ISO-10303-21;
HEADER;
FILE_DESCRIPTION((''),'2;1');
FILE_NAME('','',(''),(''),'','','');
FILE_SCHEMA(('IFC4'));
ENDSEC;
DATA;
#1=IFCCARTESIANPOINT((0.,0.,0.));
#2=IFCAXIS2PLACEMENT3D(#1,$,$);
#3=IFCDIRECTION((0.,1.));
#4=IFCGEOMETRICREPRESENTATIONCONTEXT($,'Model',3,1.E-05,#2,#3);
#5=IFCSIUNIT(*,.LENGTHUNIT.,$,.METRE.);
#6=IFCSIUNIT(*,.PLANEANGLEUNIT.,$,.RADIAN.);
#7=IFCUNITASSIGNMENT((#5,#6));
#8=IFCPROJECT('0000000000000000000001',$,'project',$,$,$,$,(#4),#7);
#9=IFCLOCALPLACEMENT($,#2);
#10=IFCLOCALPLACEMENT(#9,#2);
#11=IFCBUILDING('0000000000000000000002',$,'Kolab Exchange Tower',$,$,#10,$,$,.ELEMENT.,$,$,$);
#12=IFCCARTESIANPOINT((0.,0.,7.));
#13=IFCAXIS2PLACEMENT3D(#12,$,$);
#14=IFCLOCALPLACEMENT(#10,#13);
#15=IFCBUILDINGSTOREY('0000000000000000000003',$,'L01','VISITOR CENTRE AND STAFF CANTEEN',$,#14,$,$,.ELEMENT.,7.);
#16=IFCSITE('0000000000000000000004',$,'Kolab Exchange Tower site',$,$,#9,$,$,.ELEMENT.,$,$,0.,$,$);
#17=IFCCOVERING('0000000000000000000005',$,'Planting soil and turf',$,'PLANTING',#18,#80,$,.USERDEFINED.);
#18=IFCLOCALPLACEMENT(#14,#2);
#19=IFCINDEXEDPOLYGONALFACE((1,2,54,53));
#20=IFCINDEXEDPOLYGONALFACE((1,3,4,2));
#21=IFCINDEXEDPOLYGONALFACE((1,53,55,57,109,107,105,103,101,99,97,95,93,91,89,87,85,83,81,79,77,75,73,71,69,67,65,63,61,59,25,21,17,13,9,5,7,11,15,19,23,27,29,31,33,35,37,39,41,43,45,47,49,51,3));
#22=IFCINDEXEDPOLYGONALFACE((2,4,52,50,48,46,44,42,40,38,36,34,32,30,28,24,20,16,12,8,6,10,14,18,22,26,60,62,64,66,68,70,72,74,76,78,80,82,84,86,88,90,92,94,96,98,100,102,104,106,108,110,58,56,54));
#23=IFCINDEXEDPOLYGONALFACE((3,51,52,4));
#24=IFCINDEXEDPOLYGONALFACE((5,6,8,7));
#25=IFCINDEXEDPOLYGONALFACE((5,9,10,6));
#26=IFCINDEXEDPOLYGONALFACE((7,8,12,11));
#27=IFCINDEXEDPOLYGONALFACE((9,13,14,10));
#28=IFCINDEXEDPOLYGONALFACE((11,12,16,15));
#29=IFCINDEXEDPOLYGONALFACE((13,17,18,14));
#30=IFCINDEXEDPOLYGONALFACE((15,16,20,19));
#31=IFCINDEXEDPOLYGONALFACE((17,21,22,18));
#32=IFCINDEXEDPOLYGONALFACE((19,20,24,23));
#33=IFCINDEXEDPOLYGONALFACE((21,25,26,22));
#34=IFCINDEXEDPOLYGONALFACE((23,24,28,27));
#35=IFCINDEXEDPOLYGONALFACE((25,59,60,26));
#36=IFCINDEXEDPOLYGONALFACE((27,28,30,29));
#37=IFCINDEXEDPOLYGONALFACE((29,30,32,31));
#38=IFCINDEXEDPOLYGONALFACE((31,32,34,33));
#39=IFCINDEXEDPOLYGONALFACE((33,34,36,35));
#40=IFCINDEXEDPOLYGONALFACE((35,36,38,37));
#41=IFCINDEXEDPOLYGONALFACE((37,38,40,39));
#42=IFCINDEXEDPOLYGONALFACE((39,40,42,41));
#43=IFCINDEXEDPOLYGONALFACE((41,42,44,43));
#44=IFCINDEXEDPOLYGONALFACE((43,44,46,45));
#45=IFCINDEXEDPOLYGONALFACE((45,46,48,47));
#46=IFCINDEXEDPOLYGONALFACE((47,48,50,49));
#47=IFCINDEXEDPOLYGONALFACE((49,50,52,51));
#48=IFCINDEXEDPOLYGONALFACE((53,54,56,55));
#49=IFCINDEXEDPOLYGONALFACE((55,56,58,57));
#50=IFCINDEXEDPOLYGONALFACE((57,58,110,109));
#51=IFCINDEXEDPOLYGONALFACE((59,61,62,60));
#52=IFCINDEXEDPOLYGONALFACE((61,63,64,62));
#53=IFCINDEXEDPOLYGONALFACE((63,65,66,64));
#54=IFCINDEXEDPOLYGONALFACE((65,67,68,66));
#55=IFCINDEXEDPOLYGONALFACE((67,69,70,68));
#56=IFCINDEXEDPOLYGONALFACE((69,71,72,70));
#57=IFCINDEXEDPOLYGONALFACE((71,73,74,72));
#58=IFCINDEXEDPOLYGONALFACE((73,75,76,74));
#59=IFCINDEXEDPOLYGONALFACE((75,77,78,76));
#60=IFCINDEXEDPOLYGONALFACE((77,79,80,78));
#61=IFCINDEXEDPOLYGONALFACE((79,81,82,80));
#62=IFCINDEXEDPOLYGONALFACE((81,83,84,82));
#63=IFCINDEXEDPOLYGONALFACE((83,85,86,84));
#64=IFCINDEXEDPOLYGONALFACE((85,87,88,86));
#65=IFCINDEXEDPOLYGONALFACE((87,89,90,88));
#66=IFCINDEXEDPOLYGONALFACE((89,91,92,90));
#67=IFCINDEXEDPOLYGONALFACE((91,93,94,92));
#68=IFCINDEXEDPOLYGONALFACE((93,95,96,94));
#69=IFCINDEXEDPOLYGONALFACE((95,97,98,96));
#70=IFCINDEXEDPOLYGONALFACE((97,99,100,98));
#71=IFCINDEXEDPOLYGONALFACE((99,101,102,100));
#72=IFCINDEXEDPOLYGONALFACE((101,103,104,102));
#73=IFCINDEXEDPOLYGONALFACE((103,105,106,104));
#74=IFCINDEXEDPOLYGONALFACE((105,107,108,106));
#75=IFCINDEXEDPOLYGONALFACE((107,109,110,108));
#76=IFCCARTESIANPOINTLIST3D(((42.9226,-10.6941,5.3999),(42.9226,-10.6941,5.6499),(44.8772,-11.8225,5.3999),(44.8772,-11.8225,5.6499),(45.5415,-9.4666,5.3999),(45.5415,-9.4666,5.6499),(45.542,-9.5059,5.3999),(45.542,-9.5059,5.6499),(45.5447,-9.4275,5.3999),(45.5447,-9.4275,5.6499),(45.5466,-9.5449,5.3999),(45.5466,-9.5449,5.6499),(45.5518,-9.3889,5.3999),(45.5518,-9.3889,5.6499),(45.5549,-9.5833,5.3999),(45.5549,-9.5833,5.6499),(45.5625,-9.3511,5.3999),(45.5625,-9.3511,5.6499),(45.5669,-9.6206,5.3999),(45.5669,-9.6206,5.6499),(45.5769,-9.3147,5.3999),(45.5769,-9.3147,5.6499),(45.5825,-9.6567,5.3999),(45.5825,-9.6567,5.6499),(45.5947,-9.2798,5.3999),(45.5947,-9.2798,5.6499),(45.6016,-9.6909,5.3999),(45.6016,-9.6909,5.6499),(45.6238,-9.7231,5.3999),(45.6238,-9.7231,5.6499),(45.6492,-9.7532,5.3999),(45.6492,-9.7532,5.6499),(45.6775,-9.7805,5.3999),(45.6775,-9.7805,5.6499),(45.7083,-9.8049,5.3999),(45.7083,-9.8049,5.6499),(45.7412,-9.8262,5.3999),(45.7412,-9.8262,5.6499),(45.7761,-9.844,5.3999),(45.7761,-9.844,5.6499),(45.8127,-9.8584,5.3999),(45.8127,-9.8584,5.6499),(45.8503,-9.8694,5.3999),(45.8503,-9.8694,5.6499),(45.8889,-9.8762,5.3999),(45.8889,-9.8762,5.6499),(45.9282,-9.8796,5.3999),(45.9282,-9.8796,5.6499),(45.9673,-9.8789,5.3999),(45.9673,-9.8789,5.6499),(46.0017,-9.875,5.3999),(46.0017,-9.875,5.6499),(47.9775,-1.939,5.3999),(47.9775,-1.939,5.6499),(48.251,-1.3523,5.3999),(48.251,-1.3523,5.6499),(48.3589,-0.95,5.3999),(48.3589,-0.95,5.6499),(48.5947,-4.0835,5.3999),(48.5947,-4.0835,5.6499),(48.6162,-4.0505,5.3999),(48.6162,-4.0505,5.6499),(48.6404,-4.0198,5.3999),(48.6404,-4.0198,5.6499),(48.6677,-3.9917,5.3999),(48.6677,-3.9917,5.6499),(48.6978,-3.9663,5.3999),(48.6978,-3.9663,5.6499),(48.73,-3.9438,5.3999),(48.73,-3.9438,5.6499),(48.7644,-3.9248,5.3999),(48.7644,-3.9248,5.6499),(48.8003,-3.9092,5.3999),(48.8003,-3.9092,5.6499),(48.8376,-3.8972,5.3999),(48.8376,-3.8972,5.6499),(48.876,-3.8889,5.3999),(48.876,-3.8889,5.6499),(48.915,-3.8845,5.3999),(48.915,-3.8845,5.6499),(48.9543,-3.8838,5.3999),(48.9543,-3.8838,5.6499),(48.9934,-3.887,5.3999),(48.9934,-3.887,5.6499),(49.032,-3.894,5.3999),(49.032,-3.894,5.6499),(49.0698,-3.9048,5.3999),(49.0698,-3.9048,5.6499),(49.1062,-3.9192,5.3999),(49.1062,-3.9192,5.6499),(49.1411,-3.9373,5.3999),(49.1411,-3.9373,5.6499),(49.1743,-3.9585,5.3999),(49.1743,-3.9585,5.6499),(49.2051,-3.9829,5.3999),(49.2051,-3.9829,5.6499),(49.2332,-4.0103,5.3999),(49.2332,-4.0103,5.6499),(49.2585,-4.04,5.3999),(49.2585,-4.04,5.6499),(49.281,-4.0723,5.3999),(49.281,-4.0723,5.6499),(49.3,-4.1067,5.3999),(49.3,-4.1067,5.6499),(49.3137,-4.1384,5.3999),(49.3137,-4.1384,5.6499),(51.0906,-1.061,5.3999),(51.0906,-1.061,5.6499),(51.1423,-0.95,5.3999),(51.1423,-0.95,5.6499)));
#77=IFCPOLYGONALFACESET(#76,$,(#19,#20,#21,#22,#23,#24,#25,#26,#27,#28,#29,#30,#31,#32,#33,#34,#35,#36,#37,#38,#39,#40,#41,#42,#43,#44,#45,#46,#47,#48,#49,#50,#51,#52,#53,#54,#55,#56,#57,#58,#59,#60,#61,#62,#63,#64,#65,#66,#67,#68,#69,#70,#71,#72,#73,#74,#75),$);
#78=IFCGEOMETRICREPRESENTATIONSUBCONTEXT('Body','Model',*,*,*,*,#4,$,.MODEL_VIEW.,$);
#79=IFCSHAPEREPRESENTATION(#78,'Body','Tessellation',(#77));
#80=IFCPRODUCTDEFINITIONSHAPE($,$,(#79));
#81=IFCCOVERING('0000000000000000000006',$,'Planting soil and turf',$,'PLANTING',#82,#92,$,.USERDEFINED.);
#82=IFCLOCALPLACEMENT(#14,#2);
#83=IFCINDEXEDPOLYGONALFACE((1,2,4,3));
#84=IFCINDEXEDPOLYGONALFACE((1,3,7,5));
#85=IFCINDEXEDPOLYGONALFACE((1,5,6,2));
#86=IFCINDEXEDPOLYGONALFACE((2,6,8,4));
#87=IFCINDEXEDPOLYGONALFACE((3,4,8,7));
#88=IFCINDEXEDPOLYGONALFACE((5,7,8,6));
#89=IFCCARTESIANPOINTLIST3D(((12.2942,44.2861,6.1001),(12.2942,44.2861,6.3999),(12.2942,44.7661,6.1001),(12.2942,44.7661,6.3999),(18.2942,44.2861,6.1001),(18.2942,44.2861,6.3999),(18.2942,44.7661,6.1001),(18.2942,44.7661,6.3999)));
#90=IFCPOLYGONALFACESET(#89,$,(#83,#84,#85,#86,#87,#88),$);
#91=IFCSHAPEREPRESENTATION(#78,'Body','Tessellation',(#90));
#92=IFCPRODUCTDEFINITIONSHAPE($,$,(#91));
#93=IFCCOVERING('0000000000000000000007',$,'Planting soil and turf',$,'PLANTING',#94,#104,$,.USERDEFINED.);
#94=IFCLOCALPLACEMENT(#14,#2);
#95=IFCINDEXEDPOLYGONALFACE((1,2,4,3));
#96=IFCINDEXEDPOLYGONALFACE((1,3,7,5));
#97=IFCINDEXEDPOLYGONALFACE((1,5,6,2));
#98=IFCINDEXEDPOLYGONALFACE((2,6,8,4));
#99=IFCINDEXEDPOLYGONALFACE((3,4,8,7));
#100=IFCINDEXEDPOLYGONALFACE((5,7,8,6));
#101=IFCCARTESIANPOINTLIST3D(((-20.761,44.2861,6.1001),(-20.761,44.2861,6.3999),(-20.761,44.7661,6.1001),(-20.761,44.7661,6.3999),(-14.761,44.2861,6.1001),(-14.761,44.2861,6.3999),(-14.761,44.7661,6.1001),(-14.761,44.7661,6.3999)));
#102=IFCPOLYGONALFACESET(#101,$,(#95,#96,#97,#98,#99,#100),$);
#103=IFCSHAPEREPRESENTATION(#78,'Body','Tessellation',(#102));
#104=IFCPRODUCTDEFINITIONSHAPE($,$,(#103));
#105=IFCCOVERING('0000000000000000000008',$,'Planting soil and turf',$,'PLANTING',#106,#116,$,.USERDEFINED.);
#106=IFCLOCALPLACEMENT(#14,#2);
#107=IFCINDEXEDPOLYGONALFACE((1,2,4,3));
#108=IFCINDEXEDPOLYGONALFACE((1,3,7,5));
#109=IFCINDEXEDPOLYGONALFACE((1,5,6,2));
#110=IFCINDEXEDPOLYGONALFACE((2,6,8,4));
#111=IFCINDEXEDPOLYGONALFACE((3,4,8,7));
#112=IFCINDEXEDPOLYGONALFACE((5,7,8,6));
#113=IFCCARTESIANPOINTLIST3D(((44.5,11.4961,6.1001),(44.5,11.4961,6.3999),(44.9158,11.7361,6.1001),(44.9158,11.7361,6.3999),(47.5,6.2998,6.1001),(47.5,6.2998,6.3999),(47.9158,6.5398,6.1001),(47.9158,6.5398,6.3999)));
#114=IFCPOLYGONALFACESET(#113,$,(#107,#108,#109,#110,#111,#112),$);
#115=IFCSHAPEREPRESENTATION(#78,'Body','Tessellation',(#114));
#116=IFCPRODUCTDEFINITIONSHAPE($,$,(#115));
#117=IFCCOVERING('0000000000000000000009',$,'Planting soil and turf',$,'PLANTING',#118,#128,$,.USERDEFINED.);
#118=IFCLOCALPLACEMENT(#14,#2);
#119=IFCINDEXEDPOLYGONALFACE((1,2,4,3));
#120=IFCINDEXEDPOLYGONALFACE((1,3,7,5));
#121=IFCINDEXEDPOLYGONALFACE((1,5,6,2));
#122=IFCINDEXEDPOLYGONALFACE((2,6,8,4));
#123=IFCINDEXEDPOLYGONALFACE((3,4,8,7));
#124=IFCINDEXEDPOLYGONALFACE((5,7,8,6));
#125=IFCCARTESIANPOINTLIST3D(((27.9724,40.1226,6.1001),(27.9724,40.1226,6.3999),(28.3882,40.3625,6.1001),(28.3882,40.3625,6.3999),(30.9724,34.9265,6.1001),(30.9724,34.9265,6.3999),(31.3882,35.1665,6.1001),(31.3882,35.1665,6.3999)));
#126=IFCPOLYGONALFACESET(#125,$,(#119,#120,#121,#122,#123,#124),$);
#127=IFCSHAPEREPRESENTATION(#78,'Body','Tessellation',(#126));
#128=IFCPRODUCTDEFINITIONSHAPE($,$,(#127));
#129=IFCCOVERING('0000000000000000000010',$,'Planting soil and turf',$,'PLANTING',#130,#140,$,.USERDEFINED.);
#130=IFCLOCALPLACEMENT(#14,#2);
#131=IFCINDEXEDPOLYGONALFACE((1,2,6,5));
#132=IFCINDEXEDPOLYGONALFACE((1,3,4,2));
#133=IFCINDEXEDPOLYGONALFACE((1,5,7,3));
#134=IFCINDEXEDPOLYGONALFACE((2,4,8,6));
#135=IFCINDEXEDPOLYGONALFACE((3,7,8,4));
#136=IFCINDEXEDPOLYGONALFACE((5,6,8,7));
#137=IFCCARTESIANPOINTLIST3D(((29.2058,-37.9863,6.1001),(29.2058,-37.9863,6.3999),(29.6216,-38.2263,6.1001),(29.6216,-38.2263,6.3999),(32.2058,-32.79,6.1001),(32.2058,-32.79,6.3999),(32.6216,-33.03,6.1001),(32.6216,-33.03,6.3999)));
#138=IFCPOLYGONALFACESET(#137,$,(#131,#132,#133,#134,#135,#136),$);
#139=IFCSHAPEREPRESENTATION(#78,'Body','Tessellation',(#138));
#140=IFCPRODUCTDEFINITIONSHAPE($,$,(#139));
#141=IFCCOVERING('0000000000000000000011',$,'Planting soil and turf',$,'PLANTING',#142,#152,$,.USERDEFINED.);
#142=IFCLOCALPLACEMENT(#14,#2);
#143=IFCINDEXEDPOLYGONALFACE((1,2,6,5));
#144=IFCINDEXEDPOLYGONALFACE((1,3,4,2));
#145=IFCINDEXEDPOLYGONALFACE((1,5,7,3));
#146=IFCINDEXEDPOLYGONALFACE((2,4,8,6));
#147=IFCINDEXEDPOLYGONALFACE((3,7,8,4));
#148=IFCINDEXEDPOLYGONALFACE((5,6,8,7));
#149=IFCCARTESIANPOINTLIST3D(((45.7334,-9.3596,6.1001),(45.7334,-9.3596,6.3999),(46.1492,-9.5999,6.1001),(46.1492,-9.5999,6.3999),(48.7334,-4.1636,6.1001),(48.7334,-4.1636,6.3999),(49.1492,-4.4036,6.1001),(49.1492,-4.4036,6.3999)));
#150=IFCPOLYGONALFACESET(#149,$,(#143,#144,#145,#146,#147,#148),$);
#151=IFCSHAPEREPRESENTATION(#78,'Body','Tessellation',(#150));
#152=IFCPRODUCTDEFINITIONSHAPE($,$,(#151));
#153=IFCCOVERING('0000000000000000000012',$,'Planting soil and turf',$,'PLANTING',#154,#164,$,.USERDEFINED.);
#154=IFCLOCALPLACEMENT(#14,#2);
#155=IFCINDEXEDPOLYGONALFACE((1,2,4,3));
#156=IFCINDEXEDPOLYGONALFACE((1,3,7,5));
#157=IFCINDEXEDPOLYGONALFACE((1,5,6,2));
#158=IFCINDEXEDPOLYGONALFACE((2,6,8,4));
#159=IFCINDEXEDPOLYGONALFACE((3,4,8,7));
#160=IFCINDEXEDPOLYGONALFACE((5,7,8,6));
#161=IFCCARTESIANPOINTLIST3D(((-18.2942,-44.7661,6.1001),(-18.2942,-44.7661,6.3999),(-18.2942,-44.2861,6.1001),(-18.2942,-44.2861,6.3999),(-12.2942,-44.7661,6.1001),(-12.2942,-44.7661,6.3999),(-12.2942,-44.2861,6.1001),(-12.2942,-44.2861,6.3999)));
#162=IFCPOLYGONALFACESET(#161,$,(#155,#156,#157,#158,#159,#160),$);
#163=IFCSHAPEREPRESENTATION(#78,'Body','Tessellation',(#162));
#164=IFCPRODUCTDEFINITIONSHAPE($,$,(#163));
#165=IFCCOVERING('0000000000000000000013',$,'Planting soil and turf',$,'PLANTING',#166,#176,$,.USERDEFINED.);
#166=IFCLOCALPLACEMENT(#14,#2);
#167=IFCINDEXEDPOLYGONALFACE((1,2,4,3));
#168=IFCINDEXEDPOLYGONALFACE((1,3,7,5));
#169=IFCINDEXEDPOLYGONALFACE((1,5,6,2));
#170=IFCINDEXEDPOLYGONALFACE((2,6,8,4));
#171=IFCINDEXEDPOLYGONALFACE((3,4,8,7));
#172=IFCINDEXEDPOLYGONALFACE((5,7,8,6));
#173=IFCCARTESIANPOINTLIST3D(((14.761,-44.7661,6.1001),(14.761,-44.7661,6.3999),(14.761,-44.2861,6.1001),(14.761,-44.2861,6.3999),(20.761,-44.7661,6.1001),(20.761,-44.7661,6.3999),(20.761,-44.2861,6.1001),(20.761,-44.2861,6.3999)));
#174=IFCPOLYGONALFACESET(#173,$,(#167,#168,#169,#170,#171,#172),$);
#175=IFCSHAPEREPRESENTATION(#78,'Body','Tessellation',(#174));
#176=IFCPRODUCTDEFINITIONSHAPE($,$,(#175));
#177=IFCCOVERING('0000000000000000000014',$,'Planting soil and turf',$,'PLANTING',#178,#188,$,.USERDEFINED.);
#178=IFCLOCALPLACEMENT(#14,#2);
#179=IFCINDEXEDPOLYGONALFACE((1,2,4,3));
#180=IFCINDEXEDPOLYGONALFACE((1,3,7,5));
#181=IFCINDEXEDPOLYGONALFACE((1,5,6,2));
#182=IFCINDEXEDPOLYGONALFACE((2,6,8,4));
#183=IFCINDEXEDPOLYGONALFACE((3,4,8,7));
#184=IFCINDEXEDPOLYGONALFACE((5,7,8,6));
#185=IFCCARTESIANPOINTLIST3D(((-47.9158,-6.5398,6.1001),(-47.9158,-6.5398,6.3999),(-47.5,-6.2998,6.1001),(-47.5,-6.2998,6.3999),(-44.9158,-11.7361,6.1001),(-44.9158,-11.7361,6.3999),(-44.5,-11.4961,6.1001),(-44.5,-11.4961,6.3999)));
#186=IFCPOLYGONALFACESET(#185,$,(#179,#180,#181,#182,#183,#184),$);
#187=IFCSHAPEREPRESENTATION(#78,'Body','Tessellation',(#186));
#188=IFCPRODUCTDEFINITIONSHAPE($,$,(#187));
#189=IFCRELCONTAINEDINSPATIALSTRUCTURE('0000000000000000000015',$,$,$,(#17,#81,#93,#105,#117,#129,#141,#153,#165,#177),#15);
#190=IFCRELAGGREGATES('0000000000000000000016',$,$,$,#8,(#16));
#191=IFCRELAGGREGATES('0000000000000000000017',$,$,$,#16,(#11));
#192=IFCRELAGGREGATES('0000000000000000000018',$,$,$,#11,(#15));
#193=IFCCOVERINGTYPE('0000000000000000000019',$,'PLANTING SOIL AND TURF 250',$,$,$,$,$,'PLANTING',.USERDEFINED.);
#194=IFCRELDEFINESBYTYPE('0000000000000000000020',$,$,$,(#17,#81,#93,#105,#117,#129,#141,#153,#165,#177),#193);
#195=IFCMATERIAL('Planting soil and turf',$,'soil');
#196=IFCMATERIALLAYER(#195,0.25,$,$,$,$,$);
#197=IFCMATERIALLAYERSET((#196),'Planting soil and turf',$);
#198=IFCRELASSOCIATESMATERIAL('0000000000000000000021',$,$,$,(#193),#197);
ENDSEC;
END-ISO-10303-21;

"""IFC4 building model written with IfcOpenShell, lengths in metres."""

from ifc_helpers import new_model, si_unit, direction, frame, origin, place, context, subcontext, project, spatial, polyline, outline, extrude, material, layer, layer_set, type_object, element, save


model = new_model("IFC4")

# Units and contexts
model_context = context("Model", 3, precision=1e-05, world=origin(), true_north=direction((0.0, 1.0)))
body_context = subcontext(model_context, "Body", "Model", "MODEL_VIEW")
ifc_project = project(units=[si_unit("LENGTHUNIT", "METRE"), si_unit("PLANEANGLEUNIT", "RADIAN")], contexts=[model_context])

# Site, building, storey
site_placement = place(None, origin())
site = spatial("IfcSite", under=ifc_project, at=site_placement, Name="Kolab Exchange Tower site", CompositionType="ELEMENT", RefElevation=0.0)
building_placement = place(site_placement, origin())
building = spatial("IfcBuilding", under=site, at=building_placement, Name="Kolab Exchange Tower", CompositionType="ELEMENT")
storey_placement = place(building_placement, frame((0.0, 0.0, 7.0)))
storey = spatial("IfcBuildingStorey", under=building, at=storey_placement, Name="L01", Description="VISITOR CENTRE AND STAFF CANTEEN", CompositionType="ELEMENT", Elevation=7.0)

# Coverings
ifc_material_1 = material(Name="Planting soil and turf", Category="soil")
ifc_layer_1 = layer(ifc_material_1, 0.25)
ifc_layer_set_1 = layer_set([ifc_layer_1], Name="Planting soil and turf")
covering_type_1 = type_object("IfcCoveringType", Name="PLANTING SOIL AND TURF 250", ElementType="PLANTING", PredefinedType="USERDEFINED", material=ifc_layer_set_1)
covering_1_placement = place(storey_placement, frame((0.0, 0.0, 5.3999)))
element("IfcCovering", 1, at=covering_1_placement, inside=storey, type_object=covering_type_1, Name="Planting soil and turf", ObjectType="PLANTING", PredefinedType="USERDEFINED", context=body_context, shape_type="SweptSolid", body=[
    extrude(outline(polyline([(47.9775, -1.939), (48.251, -1.3523), (48.3589, -0.95), (51.1423, -0.95), (51.0906, -1.061), (49.3137, -4.1384), (49.3, -4.1067), (49.281, -4.0723), (49.2585, -4.04), (49.2332, -4.0103), (49.2051, -3.9829), (49.1743, -3.9585), (49.1411, -3.9373), (49.1062, -3.9192), (49.0698, -3.9048), (49.032, -3.894), (48.9934, -3.887), (48.9543, -3.8838), (48.915, -3.8845), (48.876, -3.8889), (48.8376, -3.8972), (48.8003, -3.9092), (48.7644, -3.9248), (48.73, -3.9438), (48.6978, -3.9663), (48.6677, -3.9917), (48.6404, -4.0198), (48.6162, -4.0505), (48.5947, -4.0835), (45.5947, -9.2798), (45.5769, -9.3147), (45.5625, -9.3511), (45.5518, -9.3889), (45.5447, -9.4275), (45.5415, -9.4666), (45.542, -9.5059), (45.5466, -9.5449), (45.5549, -9.5833), (45.5669, -9.6206), (45.5825, -9.6567), (45.6016, -9.6909), (45.6238, -9.7231), (45.6492, -9.7532), (45.6775, -9.7805), (45.7083, -9.8049), (45.7412, -9.8262), (45.7761, -9.844), (45.8127, -9.8584), (45.8503, -9.8694), (45.8889, -9.8762), (45.9282, -9.8796), (45.9673, -9.8789), (46.0017, -9.875), (44.8772, -11.8225), (42.9226, -10.6941), (47.9775, -1.939)])), origin(), (0.0, 0.0, 1.0), 0.25),
])
covering_2_placement = place(storey_placement, frame((0.0, 0.0, 6.1001)))
element("IfcCovering", 2, at=covering_2_placement, inside=storey, type_object=covering_type_1, Name="Planting soil and turf", ObjectType="PLANTING", PredefinedType="USERDEFINED", context=body_context, shape_type="SweptSolid", body=[
    extrude(outline(polyline([(18.2942, 44.7661), (18.2942, 44.2861), (12.2942, 44.2861), (12.2942, 44.7661), (18.2942, 44.7661)])), origin(), (0.0, 0.0, 1.0), 0.2998),
])
covering_3_placement = place(storey_placement, frame((0.0, 0.0, 6.1001)))
element("IfcCovering", 3, at=covering_3_placement, inside=storey, type_object=covering_type_1, Name="Planting soil and turf", ObjectType="PLANTING", PredefinedType="USERDEFINED", context=body_context, shape_type="SweptSolid", body=[
    extrude(outline(polyline([(-14.761, 44.7661), (-14.761, 44.2861), (-20.761, 44.2861), (-20.761, 44.7661), (-14.761, 44.7661)])), origin(), (0.0, 0.0, 1.0), 0.2998),
])
covering_4_placement = place(storey_placement, frame((0.0, 0.0, 6.1001)))
element("IfcCovering", 4, at=covering_4_placement, inside=storey, type_object=covering_type_1, Name="Planting soil and turf", ObjectType="PLANTING", PredefinedType="USERDEFINED", context=body_context, shape_type="SweptSolid", body=[
    extrude(outline(polyline([(47.9158, 6.5398), (47.5, 6.2998), (44.5, 11.4961), (44.9158, 11.7361), (47.9158, 6.5398)])), origin(), (0.0, 0.0, 1.0), 0.2998),
])
covering_5_placement = place(storey_placement, frame((0.0, 0.0, 6.1001)))
element("IfcCovering", 5, at=covering_5_placement, inside=storey, type_object=covering_type_1, Name="Planting soil and turf", ObjectType="PLANTING", PredefinedType="USERDEFINED", context=body_context, shape_type="SweptSolid", body=[
    extrude(outline(polyline([(31.3882, 35.1665), (30.9724, 34.9265), (27.9724, 40.1226), (28.3882, 40.3625), (31.3882, 35.1665)])), origin(), (0.0, 0.0, 1.0), 0.2998),
])
covering_6_placement = place(storey_placement, frame((0.0, 0.0, 6.1001)))
element("IfcCovering", 6, at=covering_6_placement, inside=storey, type_object=covering_type_1, Name="Planting soil and turf", ObjectType="PLANTING", PredefinedType="USERDEFINED", context=body_context, shape_type="SweptSolid", body=[
    extrude(outline(polyline([(29.6216, -38.2263), (29.2058, -37.9863), (32.2058, -32.79), (32.6216, -33.03), (29.6216, -38.2263)])), origin(), (0.0, 0.0, 1.0), 0.2998),
])
covering_7_placement = place(storey_placement, frame((0.0, 0.0, 6.1001)))
element("IfcCovering", 7, at=covering_7_placement, inside=storey, type_object=covering_type_1, Name="Planting soil and turf", ObjectType="PLANTING", PredefinedType="USERDEFINED", context=body_context, shape_type="SweptSolid", body=[
    extrude(outline(polyline([(46.1492, -9.5999), (45.7334, -9.3596), (48.7334, -4.1636), (49.1492, -4.4036), (46.1492, -9.5999)])), origin(), (0.0, 0.0, 1.0), 0.2998),
])
covering_8_placement = place(storey_placement, frame((0.0, 0.0, 6.1001)))
element("IfcCovering", 8, at=covering_8_placement, inside=storey, type_object=covering_type_1, Name="Planting soil and turf", ObjectType="PLANTING", PredefinedType="USERDEFINED", context=body_context, shape_type="SweptSolid", body=[
    extrude(outline(polyline([(-18.2942, -44.7661), (-18.2942, -44.2861), (-12.2942, -44.2861), (-12.2942, -44.7661), (-18.2942, -44.7661)])), origin(), (0.0, 0.0, 1.0), 0.2998),
])
covering_9_placement = place(storey_placement, frame((0.0, 0.0, 6.1001)))
element("IfcCovering", 9, at=covering_9_placement, inside=storey, type_object=covering_type_1, Name="Planting soil and turf", ObjectType="PLANTING", PredefinedType="USERDEFINED", context=body_context, shape_type="SweptSolid", body=[
    extrude(outline(polyline([(14.761, -44.7661), (14.761, -44.2861), (20.761, -44.2861), (20.761, -44.7661), (14.761, -44.7661)])), origin(), (0.0, 0.0, 1.0), 0.2998),
])
covering_10_placement = place(storey_placement, frame((0.0, 0.0, 6.1001)))
element("IfcCovering", 10, at=covering_10_placement, inside=storey, type_object=covering_type_1, Name="Planting soil and turf", ObjectType="PLANTING", PredefinedType="USERDEFINED", context=body_context, shape_type="SweptSolid", body=[
    extrude(outline(polyline([(-47.9158, -6.5398), (-47.5, -6.2998), (-44.5, -11.4961), (-44.9158, -11.7361), (-47.9158, -6.5398)])), origin(), (0.0, 0.0, 1.0), 0.2998),
])

save(model, "model.ifc")
